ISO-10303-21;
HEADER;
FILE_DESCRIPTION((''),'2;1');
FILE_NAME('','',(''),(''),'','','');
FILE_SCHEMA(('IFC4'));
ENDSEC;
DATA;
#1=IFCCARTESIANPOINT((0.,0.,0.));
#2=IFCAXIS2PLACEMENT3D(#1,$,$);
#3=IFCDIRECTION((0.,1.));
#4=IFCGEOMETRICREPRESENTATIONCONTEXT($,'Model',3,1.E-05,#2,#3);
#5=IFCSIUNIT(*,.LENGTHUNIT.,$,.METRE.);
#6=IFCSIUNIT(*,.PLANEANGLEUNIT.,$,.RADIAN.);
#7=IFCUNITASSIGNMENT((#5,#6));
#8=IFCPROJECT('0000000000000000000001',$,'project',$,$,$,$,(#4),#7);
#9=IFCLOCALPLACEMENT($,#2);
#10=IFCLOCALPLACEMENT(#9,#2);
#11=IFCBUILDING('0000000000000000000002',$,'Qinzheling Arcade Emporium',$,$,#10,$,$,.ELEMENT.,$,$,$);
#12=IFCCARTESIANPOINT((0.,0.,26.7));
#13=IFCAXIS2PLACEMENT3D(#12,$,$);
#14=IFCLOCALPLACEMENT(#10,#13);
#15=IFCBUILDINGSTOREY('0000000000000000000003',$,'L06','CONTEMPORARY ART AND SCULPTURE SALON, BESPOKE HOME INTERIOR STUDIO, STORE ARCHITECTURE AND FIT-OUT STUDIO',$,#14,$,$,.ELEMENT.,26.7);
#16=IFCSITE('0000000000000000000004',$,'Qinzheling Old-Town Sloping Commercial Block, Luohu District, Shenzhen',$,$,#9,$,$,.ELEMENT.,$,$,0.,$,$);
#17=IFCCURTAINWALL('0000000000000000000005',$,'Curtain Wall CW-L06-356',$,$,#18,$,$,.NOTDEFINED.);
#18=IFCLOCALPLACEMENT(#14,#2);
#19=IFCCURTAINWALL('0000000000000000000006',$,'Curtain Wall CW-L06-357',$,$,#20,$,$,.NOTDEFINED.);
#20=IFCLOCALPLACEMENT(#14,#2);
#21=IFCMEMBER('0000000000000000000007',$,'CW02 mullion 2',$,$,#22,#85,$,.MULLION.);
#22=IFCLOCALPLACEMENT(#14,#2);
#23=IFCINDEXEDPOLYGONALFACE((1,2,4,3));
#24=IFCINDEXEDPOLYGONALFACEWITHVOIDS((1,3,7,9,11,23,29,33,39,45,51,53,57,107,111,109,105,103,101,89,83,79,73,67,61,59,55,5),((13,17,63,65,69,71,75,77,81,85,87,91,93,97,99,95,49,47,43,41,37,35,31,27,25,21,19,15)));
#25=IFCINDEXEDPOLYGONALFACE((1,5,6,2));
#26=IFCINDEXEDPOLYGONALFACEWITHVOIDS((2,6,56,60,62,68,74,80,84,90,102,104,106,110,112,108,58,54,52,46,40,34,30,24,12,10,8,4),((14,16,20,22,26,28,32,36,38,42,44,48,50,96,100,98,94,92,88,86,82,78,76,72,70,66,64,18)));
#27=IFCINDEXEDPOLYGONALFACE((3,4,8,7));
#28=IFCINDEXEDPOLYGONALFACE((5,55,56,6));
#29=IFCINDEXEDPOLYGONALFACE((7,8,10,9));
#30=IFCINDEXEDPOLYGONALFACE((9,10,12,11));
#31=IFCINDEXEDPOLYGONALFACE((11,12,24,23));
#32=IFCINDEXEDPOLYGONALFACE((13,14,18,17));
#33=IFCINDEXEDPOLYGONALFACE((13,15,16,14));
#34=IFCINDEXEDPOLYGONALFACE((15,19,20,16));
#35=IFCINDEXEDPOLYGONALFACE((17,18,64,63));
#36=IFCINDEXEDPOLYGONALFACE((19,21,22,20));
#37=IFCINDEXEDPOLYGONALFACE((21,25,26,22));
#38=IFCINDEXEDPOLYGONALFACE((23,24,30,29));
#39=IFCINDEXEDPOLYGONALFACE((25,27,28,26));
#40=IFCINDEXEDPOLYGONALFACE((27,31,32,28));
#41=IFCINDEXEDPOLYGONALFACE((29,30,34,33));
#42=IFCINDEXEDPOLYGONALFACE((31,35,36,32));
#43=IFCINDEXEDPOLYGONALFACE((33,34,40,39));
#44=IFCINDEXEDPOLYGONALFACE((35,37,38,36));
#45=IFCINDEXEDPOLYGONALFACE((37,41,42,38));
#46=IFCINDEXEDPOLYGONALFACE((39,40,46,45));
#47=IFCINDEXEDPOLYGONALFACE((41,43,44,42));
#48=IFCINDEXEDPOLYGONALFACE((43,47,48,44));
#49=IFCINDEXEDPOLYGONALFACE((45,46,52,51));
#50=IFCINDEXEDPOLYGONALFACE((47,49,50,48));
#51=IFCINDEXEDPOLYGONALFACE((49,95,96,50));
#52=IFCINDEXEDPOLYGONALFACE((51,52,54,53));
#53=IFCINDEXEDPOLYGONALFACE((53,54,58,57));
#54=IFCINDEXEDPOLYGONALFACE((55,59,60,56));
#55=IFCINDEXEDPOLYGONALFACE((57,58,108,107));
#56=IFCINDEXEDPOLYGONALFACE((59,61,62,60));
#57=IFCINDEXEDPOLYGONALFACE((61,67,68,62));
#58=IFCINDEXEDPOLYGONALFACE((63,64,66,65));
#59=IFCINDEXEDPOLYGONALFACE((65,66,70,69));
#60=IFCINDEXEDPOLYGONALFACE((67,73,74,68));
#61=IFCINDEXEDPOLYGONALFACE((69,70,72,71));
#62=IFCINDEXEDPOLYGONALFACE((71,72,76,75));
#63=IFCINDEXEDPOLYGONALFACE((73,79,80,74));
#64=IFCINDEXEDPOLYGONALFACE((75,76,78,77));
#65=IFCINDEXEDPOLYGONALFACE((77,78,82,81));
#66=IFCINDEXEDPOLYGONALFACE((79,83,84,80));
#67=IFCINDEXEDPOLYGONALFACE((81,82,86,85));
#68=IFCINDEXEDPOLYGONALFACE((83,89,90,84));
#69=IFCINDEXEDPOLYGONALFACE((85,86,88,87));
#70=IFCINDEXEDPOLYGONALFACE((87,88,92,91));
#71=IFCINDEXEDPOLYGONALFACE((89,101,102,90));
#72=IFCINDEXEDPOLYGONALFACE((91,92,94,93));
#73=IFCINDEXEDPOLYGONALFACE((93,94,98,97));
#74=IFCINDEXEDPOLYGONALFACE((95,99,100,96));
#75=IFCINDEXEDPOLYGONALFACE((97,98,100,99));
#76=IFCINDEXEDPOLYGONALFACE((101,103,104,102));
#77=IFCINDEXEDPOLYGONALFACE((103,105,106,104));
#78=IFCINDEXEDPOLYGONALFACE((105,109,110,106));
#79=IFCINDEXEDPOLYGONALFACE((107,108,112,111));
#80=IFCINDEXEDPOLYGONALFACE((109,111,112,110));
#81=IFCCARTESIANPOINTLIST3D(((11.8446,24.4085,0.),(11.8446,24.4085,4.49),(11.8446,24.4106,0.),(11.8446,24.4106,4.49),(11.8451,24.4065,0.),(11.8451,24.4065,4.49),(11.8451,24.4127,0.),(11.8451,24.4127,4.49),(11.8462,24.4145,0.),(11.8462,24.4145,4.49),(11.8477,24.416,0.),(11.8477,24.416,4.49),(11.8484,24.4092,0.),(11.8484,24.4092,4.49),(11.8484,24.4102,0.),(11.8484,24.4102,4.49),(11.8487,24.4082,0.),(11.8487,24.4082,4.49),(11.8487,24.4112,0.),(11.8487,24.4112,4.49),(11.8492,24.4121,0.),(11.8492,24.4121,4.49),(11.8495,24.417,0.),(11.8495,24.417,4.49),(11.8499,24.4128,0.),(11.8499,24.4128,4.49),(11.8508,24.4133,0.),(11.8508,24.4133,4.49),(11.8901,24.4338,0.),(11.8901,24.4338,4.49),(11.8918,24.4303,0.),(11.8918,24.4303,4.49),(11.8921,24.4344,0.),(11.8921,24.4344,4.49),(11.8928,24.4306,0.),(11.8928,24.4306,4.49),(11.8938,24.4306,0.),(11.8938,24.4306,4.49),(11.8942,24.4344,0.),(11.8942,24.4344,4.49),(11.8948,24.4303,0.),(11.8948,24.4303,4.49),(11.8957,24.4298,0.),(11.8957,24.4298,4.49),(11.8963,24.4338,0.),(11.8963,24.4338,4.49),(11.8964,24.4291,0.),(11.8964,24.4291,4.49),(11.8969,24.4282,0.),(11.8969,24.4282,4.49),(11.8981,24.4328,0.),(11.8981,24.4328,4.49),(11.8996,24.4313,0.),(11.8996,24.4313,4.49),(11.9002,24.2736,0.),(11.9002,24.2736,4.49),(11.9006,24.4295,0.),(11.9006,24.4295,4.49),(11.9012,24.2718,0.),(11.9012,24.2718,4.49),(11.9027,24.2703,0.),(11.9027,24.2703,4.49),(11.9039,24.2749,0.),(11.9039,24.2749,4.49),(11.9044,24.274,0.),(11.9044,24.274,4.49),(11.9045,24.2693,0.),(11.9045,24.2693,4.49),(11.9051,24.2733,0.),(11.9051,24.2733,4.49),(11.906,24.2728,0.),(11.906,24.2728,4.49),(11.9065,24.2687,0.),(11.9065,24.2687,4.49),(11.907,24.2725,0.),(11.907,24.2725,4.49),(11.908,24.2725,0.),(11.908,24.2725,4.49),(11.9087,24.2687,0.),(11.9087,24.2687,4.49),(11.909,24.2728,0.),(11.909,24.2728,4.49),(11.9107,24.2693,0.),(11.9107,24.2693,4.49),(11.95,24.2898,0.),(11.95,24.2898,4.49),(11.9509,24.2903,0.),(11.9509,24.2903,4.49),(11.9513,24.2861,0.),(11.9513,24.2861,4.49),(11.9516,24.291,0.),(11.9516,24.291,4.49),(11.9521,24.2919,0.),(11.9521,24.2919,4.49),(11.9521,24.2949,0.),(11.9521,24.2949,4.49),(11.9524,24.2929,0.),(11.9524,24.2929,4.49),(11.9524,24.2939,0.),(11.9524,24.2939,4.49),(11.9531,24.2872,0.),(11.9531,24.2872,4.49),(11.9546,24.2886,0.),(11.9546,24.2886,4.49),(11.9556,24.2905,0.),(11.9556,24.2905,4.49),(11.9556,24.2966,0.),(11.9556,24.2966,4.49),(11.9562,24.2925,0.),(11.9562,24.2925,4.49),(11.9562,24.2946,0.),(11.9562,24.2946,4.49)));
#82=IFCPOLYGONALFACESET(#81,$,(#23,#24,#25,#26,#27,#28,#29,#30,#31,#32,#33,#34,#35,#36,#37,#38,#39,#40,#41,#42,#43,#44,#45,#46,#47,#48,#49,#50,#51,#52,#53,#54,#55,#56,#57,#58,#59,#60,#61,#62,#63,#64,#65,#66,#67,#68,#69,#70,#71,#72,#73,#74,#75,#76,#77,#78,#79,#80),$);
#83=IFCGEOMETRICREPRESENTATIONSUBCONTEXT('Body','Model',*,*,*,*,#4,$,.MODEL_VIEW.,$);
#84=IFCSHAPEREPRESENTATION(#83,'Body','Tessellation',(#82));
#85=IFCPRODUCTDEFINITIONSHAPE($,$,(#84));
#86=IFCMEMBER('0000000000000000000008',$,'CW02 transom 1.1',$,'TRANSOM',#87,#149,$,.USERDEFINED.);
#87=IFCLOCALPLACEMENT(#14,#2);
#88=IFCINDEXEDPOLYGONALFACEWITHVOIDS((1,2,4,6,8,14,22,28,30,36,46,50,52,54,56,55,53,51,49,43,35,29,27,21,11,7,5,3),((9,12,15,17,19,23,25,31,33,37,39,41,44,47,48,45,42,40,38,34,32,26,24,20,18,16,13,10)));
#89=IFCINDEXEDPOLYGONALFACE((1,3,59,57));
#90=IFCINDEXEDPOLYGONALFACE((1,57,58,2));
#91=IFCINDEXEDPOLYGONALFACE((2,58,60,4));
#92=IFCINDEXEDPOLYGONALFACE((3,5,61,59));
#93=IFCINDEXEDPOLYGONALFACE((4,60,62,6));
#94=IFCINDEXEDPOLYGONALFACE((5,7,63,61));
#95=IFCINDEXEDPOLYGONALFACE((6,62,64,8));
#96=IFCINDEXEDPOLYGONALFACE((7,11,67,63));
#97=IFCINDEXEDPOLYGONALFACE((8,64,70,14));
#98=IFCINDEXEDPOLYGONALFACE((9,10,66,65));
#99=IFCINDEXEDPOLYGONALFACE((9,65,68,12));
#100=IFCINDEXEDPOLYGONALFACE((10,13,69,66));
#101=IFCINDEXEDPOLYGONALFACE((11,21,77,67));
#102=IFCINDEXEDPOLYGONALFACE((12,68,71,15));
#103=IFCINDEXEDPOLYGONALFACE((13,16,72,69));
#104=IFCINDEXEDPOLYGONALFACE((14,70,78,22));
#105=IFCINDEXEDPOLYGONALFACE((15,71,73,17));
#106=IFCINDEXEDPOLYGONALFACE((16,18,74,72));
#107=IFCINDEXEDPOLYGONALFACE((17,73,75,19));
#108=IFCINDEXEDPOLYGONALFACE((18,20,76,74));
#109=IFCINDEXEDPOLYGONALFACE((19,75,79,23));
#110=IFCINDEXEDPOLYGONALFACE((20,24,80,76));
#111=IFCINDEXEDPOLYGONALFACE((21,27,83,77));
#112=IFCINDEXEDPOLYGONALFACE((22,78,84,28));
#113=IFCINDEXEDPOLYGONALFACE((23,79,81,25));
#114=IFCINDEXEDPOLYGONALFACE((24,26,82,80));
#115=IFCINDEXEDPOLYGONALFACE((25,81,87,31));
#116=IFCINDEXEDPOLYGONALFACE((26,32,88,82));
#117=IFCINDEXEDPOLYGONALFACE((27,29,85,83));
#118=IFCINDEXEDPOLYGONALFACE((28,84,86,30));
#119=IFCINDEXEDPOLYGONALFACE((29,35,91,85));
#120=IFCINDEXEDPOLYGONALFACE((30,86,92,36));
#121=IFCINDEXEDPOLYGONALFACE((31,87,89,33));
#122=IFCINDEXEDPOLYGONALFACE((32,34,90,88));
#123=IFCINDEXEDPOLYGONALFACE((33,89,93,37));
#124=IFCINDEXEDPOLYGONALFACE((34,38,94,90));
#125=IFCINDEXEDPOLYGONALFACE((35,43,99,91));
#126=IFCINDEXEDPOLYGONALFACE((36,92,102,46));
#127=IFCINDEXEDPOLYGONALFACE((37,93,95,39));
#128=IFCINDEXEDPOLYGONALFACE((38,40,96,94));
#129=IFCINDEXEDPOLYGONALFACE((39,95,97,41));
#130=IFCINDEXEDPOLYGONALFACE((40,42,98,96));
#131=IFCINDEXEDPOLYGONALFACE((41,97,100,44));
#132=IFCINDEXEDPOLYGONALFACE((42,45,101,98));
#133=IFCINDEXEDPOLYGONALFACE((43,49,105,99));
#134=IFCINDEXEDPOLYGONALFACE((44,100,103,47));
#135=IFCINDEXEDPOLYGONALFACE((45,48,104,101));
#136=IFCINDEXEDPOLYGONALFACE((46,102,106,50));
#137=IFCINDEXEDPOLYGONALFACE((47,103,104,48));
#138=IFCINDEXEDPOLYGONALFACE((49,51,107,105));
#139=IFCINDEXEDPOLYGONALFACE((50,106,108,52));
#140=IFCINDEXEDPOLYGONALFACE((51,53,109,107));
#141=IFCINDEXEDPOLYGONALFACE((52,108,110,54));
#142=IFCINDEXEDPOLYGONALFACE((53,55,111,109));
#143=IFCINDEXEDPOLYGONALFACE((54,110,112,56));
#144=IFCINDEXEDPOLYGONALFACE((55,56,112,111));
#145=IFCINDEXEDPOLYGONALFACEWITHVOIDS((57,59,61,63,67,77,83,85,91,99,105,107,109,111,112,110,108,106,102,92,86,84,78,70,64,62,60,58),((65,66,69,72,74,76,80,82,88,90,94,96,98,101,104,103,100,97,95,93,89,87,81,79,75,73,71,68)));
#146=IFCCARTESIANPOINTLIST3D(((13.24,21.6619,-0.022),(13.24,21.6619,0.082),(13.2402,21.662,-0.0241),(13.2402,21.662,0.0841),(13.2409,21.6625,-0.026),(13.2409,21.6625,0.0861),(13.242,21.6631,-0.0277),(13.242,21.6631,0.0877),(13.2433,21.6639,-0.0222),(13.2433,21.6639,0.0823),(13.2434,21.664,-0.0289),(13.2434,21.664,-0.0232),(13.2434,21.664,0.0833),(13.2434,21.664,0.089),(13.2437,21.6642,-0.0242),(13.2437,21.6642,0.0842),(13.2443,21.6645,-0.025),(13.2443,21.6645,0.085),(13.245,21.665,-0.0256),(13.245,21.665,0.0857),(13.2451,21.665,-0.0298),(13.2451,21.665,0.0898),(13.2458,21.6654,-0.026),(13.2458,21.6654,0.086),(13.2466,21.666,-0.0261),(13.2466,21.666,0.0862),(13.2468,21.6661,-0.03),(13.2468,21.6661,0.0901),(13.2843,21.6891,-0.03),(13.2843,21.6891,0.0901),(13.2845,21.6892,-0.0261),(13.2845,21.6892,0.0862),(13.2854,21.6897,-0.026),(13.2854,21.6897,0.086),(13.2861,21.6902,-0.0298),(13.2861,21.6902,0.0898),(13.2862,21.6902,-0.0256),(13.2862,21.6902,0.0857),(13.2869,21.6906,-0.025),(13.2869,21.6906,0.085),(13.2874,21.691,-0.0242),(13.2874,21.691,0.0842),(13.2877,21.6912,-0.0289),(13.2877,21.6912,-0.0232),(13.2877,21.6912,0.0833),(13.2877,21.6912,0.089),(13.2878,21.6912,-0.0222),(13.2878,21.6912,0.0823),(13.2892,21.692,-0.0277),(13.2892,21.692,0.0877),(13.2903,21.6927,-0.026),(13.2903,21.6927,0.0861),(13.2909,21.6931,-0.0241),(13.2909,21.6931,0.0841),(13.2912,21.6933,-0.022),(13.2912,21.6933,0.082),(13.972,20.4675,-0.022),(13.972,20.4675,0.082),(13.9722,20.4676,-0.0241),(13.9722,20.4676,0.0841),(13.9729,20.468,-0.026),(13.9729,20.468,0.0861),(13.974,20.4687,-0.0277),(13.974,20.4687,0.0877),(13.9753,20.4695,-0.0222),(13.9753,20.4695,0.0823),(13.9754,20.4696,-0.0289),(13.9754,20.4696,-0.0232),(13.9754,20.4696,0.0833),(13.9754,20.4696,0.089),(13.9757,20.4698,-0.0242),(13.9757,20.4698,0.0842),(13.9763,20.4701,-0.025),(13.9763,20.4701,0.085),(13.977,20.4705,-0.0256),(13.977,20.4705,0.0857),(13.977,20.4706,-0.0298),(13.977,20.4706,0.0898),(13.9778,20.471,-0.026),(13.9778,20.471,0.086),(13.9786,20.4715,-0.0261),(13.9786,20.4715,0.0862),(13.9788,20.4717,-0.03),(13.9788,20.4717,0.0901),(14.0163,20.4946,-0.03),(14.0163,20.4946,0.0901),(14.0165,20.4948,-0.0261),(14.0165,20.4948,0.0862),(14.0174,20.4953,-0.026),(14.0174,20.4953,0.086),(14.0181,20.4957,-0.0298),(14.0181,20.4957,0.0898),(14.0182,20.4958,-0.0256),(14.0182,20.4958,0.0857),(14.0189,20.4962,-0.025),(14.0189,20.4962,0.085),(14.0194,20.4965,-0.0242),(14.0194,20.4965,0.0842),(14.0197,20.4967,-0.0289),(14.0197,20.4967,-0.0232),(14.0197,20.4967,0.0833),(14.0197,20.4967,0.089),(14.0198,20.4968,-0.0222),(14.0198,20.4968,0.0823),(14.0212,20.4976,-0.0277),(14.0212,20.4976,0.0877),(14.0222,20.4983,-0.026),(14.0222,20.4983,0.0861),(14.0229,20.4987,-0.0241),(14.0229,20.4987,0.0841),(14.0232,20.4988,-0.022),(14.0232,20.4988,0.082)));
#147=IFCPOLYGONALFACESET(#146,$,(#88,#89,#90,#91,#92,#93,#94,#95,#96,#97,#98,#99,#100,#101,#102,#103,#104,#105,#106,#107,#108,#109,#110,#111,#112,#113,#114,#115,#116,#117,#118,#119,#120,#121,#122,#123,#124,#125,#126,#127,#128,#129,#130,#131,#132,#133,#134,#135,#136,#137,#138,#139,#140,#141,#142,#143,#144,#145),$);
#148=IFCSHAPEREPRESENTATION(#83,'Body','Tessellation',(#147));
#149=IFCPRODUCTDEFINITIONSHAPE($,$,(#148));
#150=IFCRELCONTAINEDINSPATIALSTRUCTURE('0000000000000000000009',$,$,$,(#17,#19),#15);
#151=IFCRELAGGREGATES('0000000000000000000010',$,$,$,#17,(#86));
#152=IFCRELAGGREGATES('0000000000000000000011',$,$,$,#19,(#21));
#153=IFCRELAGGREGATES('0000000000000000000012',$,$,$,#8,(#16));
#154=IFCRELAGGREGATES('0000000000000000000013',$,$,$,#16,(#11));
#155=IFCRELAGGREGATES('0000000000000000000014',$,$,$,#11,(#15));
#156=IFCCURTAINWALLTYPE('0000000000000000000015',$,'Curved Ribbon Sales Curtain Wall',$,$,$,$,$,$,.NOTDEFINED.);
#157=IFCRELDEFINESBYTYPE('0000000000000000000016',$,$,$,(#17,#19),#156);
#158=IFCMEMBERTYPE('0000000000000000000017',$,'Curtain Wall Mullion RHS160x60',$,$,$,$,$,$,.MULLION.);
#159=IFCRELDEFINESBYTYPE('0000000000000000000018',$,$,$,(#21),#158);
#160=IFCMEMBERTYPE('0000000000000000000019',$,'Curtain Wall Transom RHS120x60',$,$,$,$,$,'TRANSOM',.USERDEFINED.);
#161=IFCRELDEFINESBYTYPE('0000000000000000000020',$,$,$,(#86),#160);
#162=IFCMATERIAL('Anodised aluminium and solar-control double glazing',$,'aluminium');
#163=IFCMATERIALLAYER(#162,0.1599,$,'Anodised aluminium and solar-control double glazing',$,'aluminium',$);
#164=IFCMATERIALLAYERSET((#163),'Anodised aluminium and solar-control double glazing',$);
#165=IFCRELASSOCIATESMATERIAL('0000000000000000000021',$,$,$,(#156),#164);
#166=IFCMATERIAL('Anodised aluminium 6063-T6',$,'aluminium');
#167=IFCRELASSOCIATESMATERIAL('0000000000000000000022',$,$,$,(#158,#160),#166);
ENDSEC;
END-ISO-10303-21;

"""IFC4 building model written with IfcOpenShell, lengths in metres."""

from ifc_helpers import new_model, si_unit, direction, frame, origin, origin_2d, place, context, subcontext, project, spatial, hollow_rectangle, extrude, material, layer, layer_set, material_profile, profile_set, type_object, element, aggregate, save


model = new_model("IFC4")

# Units and contexts
model_context = context("Model", 3, precision=1e-05, world=origin(), true_north=direction((0.0, 1.0)))
body_context = subcontext(model_context, "Body", "Model", "MODEL_VIEW")
ifc_project = project(units=[si_unit("LENGTHUNIT", "METRE"), si_unit("PLANEANGLEUNIT", "RADIAN")], contexts=[model_context])

# Site, building, storey
site_placement = place(None, origin())
site = spatial("IfcSite", under=ifc_project, at=site_placement, Name="Qinzheling Old-Town Sloping Commercial Block, Luohu District, Shenzhen", CompositionType="ELEMENT", RefElevation=0.0)
building_placement = place(site_placement, origin())
building = spatial("IfcBuilding", under=site, at=building_placement, Name="Qinzheling Arcade Emporium", CompositionType="ELEMENT")
storey_placement = place(building_placement, frame((0.0, 0.0, 26.7)))
storey = spatial("IfcBuildingStorey", under=building, at=storey_placement, Name="L06", Description="CONTEMPORARY ART AND SCULPTURE SALON, BESPOKE HOME INTERIOR STUDIO, STORE ARCHITECTURE AND FIT-OUT STUDIO", CompositionType="ELEMENT", Elevation=26.7)

# Curtain walls, member
ifc_material_1 = material(Name="Anodised aluminium and solar-control double glazing", Category="aluminium")
ifc_layer_1 = layer(ifc_material_1, 0.1599, Name="Anodised aluminium and solar-control double glazing", Category="aluminium")
ifc_layer_set_1 = layer_set([ifc_layer_1], Name="Anodised aluminium and solar-control double glazing")
curtain_wall_type = type_object("IfcCurtainWallType", Name="Curved Ribbon Sales Curtain Wall", PredefinedType="NOTDEFINED", material=ifc_layer_set_1)
curtain_wall_1_placement = place(storey_placement, origin())
curtain_wall_1 = element("IfcCurtainWall", 1, at=curtain_wall_1_placement, inside=storey, type_object=curtain_wall_type, Name="Curtain Wall CW-L06-356", PredefinedType="NOTDEFINED")
ifc_material_2 = material(Name="Anodised aluminium 6063-T6", Category="aluminium")
ifc_material_profile_1 = material_profile(ifc_material_2, hollow_rectangle(XDim=0.0601, YDim=0.1599, WallThickness=0.0039, InnerFilletRadius=0.0039, OuterFilletRadius=0.0081, at=origin_2d()), Name="RHS 160x60x4", Category="aluminium")
ifc_profile_set_1 = profile_set([ifc_material_profile_1], Name="Anodised aluminium 6063-T6")
member_type_1 = type_object("IfcMemberType", Name="Curtain Wall Mullion RHS160x60", PredefinedType="MULLION", material=ifc_profile_set_1)
curtain_wall_2_placement = place(storey_placement, origin())
curtain_wall_2 = element("IfcCurtainWall", 2, at=curtain_wall_2_placement, inside=storey, type_object=curtain_wall_type, Name="Curtain Wall CW-L06-357", PredefinedType="NOTDEFINED")
member_1_placement = place(storey_placement, frame((11.9004, 24.3516, 0.0), z_axis=(0.0, 0.0, 1.0), x_axis=(-0.923898, -0.382638, 0.0)))
member_1 = element("IfcMember", 3, at=member_1_placement, type_object=member_type_1, Name="CW02 mullion 2", PredefinedType="MULLION", context=body_context, shape_type="SweptSolid", body=[
    extrude(hollow_rectangle(XDim=0.0601, YDim=0.1599, WallThickness=0.0039, InnerFilletRadius=0.0039, OuterFilletRadius=0.0081, at=origin_2d()), origin(), (0.0, 0.0, 1.0), 4.49),
])

# Member
ifc_material_profile_2 = material_profile(ifc_material_2, hollow_rectangle(XDim=0.0601, YDim=0.1201, WallThickness=0.0039, InnerFilletRadius=0.0039, OuterFilletRadius=0.0081, at=origin_2d()), Name="RHS 120x60x4", Category="aluminium")
ifc_profile_set_2 = profile_set([ifc_material_profile_2], Name="Anodised aluminium 6063-T6")
member_type_2 = type_object("IfcMemberType", Name="Curtain Wall Transom RHS120x60", ElementType="TRANSOM", PredefinedType="USERDEFINED", material=ifc_profile_set_2)
member_2_placement = place(storey_placement, frame((13.9976, 20.4832, 0.03), z_axis=(-0.522521, 0.852626, 0.0), x_axis=(-0.852626, -0.522521, 0.0)))
member_2 = element("IfcMember", 4, at=member_2_placement, type_object=member_type_2, Name="CW02 transom 1.1", ObjectType="TRANSOM", PredefinedType="USERDEFINED", context=body_context, shape_type="SweptSolid", body=[
    extrude(hollow_rectangle(XDim=0.0601, YDim=0.1201, WallThickness=0.0039, InnerFilletRadius=0.0039, OuterFilletRadius=0.0081, at=origin_2d()), origin(), (0.0, 0.0, 1.0), 1.4009),
])

aggregate(curtain_wall_1, [member_2])
aggregate(curtain_wall_2, [member_1])

save(model, "model.ifc")
